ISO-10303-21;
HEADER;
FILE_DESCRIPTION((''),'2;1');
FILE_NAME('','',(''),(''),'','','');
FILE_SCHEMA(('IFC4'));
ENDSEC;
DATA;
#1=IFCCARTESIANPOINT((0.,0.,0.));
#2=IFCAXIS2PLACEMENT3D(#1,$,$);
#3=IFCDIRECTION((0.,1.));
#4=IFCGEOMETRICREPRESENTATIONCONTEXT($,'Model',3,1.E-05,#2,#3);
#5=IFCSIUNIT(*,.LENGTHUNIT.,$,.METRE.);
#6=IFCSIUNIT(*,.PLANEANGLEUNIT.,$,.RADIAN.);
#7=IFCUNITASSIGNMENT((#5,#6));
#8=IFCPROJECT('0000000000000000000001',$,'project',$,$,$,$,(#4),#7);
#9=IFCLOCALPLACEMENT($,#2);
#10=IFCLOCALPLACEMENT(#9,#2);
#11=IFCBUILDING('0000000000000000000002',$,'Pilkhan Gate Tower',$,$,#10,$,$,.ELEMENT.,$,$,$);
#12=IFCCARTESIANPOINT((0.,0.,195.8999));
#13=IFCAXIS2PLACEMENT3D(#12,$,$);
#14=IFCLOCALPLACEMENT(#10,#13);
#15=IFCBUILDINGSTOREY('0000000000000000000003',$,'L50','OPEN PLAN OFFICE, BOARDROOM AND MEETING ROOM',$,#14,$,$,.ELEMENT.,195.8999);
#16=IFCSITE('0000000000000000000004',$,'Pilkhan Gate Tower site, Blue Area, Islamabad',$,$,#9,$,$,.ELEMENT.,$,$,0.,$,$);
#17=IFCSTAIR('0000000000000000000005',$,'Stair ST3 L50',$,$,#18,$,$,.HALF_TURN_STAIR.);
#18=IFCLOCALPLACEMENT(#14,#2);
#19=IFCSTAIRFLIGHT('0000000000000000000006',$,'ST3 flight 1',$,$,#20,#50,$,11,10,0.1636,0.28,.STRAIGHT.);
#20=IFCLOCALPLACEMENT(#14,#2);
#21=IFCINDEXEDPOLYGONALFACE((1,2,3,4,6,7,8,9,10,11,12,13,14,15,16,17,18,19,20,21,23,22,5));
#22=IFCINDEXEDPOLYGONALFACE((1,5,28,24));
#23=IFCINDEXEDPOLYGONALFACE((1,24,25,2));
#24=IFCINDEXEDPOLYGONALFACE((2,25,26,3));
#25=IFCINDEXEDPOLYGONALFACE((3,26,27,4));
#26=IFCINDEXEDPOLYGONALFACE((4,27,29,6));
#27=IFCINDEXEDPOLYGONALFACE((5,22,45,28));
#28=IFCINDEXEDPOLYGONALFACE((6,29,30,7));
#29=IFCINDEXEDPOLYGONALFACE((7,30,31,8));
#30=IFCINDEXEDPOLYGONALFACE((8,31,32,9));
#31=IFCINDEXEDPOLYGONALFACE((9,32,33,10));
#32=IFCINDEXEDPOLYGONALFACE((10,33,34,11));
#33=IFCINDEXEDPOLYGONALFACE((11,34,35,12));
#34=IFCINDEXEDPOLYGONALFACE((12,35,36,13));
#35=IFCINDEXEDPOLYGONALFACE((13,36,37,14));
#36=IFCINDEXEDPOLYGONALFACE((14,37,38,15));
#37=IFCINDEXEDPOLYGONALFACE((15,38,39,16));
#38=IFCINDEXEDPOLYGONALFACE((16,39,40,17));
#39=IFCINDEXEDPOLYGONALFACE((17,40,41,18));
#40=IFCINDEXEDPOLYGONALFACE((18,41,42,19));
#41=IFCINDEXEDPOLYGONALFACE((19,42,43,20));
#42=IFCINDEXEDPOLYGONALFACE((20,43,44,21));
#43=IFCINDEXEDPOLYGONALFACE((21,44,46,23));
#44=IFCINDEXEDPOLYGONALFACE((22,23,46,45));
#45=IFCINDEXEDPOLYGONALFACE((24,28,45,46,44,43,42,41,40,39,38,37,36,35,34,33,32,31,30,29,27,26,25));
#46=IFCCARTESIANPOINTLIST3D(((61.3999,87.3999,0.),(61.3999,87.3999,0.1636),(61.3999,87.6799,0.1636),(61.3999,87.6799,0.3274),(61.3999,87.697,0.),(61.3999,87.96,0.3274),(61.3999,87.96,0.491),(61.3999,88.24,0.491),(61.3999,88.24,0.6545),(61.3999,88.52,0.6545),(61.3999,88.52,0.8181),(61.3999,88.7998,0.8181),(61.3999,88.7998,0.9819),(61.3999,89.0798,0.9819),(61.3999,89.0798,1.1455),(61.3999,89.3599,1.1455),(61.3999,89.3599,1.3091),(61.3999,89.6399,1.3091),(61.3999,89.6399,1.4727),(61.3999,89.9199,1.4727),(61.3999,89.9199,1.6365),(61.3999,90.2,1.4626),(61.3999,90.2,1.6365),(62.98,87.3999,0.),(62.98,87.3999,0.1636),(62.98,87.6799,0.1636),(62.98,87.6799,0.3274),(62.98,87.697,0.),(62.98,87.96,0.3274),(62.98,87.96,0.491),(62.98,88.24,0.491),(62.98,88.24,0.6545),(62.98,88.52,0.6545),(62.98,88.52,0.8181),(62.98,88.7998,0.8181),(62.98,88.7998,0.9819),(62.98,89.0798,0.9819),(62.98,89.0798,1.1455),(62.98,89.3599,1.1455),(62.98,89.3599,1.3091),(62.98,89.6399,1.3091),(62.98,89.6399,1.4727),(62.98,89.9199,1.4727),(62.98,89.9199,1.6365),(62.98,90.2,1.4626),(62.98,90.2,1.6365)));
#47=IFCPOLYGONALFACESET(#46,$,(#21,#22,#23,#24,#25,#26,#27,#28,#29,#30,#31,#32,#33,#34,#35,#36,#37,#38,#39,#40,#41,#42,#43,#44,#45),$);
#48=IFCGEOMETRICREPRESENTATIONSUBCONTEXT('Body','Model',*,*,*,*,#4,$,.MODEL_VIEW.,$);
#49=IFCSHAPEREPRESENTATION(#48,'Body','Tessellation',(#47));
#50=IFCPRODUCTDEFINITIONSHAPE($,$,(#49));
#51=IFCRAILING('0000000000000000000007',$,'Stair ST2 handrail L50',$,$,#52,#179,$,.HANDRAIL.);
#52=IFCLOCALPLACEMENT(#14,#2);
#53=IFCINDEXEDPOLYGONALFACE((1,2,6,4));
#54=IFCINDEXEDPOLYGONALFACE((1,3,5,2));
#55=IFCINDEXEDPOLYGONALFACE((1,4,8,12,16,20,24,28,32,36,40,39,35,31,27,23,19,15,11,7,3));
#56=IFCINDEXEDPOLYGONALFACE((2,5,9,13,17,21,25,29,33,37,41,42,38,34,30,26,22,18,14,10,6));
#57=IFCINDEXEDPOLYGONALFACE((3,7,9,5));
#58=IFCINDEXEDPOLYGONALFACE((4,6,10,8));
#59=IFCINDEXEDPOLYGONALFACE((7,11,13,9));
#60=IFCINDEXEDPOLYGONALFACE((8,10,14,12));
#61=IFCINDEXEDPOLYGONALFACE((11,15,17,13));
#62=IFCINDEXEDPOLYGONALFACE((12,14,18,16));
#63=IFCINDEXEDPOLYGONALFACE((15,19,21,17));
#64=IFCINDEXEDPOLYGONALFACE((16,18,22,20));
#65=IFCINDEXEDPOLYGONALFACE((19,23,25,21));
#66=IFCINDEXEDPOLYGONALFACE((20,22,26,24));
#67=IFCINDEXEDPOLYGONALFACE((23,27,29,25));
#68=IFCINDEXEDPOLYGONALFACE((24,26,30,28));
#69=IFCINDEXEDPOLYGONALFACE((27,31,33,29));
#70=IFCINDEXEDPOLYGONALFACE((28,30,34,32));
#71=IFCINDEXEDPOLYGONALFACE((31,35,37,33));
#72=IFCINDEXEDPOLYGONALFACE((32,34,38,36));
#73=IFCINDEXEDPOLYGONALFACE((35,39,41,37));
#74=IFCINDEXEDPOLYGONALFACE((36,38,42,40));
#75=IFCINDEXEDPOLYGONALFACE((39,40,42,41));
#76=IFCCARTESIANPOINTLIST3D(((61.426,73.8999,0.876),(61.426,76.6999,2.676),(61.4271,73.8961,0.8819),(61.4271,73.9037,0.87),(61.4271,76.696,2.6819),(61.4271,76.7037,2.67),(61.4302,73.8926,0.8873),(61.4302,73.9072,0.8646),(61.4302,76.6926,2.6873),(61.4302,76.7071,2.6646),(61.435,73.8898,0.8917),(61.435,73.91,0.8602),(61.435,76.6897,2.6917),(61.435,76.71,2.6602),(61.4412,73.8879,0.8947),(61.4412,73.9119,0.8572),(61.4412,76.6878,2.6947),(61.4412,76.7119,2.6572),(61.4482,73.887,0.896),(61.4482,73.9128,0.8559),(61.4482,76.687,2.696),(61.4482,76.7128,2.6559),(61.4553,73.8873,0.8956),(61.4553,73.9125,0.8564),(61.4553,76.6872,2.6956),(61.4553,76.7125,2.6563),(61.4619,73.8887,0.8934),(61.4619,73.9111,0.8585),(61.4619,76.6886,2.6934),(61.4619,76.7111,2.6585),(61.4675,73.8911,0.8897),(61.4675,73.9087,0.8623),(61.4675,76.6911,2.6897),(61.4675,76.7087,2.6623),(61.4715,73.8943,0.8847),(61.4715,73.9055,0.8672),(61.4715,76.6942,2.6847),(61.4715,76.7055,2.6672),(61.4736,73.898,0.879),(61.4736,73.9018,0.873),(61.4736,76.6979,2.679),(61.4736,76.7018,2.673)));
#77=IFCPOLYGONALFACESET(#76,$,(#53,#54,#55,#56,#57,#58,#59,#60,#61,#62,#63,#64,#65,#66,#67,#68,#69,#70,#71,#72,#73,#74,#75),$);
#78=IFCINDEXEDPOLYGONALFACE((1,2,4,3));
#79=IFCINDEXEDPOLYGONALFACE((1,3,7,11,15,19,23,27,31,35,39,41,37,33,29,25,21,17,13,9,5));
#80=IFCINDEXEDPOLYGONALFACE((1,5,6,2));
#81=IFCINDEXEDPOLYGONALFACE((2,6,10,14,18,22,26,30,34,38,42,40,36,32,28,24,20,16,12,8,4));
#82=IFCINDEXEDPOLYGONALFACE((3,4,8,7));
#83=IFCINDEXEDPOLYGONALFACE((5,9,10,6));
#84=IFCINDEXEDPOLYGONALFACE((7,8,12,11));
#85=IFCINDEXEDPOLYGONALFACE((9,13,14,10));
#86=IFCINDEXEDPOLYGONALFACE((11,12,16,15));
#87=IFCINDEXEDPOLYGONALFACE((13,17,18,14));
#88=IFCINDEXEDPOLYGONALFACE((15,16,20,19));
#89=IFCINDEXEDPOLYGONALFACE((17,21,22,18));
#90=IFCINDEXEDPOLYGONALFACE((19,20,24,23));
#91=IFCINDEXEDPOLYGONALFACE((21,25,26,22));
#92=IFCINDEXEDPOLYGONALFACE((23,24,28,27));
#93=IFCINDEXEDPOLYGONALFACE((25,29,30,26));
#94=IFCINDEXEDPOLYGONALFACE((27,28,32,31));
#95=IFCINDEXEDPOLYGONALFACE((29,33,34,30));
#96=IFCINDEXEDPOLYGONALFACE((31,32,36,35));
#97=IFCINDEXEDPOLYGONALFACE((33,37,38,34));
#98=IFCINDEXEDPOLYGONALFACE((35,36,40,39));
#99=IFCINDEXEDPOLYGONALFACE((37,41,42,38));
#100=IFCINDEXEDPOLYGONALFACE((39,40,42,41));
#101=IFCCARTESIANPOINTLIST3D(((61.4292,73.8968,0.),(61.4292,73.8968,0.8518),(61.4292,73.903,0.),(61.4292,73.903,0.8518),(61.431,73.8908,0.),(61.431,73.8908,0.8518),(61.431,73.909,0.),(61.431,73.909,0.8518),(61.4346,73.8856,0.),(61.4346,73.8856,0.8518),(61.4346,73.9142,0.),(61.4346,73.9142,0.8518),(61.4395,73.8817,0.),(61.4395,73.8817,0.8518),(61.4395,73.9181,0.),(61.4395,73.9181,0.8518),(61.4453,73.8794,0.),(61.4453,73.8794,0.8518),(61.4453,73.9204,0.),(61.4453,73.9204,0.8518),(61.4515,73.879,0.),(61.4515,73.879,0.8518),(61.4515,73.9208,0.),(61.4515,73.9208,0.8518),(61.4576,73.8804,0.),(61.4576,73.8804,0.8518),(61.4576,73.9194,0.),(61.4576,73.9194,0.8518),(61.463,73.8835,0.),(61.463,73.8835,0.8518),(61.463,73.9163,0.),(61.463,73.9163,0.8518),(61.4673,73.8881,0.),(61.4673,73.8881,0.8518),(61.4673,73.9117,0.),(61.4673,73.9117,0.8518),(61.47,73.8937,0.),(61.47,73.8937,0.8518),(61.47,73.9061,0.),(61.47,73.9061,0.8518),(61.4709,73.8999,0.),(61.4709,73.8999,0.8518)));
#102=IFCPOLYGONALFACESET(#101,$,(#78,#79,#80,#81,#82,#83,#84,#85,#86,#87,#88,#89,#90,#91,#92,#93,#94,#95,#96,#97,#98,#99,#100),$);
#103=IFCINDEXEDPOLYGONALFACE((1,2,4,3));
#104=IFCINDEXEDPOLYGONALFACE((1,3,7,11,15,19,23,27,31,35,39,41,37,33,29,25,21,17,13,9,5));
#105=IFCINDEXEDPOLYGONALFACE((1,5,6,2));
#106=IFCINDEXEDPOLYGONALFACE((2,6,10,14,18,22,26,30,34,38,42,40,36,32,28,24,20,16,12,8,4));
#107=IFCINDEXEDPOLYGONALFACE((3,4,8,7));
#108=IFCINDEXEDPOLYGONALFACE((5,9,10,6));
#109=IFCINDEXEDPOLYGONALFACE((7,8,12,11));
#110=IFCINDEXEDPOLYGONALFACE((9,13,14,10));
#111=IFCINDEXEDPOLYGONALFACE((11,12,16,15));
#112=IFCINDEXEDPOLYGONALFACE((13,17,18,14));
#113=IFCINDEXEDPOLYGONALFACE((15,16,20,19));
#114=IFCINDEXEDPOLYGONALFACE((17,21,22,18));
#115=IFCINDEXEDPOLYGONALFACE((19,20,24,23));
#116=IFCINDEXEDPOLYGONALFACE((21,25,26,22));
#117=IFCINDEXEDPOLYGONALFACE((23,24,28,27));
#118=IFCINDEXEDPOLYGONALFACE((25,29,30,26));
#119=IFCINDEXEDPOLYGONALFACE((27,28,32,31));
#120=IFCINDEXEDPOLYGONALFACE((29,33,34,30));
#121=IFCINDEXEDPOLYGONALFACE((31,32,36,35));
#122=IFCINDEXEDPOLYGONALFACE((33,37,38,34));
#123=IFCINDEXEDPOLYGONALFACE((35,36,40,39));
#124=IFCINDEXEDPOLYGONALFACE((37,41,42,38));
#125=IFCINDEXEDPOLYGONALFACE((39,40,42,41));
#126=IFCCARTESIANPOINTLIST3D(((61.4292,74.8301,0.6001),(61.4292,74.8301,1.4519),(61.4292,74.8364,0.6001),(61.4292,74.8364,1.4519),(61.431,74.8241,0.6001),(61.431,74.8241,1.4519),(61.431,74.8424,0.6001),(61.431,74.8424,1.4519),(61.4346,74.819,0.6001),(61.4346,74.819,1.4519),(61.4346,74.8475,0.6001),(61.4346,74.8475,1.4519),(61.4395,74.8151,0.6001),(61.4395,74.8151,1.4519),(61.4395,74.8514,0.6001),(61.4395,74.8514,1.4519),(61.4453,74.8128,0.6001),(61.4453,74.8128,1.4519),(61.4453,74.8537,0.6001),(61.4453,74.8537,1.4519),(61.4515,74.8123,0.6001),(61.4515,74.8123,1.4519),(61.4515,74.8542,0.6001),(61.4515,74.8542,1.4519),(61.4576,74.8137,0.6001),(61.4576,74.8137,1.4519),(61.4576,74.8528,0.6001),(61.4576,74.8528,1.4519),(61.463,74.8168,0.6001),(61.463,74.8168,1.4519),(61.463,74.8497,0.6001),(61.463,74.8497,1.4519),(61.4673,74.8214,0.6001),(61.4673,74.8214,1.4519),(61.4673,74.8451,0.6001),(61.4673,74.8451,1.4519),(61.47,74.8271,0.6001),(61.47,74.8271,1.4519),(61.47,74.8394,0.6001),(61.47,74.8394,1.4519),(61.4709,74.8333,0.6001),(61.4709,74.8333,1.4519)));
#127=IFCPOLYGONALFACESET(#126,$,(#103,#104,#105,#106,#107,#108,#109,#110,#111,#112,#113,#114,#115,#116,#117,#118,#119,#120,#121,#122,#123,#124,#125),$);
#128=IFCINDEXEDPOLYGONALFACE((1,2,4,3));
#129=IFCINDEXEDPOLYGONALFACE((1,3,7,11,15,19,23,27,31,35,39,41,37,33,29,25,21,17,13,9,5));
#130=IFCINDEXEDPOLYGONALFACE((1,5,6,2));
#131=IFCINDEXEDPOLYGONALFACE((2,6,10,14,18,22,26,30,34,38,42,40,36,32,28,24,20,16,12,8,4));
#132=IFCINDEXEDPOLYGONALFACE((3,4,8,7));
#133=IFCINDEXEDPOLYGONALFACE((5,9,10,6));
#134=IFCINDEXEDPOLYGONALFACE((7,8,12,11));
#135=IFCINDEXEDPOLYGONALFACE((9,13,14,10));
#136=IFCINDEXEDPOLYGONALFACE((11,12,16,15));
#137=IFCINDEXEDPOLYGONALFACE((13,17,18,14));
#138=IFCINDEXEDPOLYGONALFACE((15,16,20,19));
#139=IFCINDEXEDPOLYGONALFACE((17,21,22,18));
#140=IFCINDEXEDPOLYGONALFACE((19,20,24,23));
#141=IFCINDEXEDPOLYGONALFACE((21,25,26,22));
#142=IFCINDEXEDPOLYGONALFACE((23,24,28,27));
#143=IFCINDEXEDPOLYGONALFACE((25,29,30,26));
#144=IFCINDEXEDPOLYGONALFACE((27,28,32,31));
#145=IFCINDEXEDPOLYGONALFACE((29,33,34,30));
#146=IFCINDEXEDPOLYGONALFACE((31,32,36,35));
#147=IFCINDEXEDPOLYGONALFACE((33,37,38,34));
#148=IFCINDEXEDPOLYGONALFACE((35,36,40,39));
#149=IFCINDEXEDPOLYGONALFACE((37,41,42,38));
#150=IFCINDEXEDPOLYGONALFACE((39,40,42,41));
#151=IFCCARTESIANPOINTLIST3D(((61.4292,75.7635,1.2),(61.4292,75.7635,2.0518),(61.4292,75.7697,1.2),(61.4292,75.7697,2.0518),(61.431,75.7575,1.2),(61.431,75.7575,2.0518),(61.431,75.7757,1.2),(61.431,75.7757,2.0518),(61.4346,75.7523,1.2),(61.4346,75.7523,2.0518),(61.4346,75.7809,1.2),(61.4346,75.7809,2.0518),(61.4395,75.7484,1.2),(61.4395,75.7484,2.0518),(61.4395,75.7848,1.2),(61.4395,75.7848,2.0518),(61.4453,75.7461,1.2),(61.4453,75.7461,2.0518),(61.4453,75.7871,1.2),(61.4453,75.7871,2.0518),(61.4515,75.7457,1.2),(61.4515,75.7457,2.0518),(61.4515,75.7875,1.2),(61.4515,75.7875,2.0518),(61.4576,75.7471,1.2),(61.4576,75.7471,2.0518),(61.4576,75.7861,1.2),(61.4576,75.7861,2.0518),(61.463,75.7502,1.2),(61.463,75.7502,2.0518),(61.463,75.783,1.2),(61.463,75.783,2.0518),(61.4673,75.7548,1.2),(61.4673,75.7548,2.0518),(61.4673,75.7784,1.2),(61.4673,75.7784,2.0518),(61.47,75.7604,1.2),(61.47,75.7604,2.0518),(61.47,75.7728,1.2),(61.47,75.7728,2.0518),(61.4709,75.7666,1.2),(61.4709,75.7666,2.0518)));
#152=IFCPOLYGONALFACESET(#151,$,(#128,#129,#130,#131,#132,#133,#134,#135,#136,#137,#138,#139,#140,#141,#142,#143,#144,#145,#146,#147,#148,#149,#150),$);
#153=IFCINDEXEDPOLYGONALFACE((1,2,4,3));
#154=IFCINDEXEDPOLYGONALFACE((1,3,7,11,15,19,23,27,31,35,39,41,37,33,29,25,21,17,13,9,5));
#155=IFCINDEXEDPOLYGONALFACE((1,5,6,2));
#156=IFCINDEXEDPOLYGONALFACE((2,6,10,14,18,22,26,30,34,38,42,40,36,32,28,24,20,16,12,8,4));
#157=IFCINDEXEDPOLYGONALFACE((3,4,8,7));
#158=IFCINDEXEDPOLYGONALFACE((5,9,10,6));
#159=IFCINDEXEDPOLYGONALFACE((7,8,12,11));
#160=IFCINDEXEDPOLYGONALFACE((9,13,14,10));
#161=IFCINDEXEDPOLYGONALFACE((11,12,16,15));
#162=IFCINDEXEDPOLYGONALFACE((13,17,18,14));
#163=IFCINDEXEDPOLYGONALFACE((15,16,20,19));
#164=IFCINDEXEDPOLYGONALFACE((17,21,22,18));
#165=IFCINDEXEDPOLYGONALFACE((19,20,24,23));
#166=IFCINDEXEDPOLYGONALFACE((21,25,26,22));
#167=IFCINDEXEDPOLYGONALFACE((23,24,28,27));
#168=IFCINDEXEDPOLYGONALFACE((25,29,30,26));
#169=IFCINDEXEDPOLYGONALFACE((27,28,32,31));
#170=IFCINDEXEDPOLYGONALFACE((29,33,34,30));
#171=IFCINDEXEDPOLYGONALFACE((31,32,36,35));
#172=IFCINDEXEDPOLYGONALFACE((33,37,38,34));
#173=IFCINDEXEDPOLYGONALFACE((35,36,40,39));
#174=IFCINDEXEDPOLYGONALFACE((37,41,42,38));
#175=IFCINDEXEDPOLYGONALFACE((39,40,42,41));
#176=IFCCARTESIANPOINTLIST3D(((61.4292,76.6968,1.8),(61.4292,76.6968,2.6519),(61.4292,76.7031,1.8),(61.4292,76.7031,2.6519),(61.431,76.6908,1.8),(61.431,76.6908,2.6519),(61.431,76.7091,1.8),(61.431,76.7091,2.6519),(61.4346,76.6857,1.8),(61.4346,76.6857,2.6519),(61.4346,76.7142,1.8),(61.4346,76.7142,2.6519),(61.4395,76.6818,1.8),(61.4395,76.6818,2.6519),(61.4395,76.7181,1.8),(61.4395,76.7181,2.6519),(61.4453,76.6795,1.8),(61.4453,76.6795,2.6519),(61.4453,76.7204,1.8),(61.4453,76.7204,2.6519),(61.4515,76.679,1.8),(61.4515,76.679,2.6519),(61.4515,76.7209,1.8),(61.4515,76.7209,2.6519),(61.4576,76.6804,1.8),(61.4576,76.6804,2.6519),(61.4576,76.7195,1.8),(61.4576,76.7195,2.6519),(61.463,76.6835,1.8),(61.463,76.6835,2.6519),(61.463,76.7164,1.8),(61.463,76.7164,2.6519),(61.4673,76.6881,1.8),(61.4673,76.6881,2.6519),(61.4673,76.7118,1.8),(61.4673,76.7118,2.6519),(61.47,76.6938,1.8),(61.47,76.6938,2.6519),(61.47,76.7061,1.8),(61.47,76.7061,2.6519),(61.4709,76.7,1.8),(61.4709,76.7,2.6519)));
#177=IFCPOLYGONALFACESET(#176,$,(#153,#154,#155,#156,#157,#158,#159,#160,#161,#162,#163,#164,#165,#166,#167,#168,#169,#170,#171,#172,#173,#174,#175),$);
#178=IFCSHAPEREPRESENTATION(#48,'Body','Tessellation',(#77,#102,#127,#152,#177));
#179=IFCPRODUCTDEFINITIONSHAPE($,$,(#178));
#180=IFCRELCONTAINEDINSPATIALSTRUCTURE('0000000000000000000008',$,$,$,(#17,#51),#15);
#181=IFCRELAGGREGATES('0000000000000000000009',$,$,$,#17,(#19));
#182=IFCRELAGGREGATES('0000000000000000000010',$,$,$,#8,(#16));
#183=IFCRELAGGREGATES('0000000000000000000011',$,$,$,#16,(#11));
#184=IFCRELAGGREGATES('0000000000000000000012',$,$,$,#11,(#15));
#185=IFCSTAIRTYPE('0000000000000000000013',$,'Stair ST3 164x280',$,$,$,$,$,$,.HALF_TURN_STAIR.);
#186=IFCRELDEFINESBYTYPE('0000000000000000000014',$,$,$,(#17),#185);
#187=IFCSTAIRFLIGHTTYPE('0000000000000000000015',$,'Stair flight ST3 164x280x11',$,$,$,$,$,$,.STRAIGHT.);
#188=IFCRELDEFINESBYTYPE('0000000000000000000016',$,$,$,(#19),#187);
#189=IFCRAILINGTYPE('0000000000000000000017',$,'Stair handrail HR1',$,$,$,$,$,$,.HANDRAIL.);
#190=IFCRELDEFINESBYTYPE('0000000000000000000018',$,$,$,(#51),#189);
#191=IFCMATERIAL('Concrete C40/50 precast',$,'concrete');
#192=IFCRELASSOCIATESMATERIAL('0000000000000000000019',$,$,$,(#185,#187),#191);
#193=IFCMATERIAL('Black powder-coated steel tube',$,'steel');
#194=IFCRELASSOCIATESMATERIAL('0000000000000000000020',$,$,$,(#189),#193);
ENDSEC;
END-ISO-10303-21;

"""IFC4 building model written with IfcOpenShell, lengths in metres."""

from ifc_helpers import new_model, si_unit, direction, frame, origin, origin_2d, place, context, subcontext, project, spatial, polyline, circle, outline, extrude, material, type_object, element, aggregate, save


model = new_model("IFC4")

# Units and contexts
model_context = context("Model", 3, precision=1e-05, world=origin(), true_north=direction((0.0, 1.0)))
body_context = subcontext(model_context, "Body", "Model", "MODEL_VIEW")
ifc_project = project(units=[si_unit("LENGTHUNIT", "METRE"), si_unit("PLANEANGLEUNIT", "RADIAN")], contexts=[model_context])

# Site, building, storey
site_placement = place(None, origin())
site = spatial("IfcSite", under=ifc_project, at=site_placement, Name="Pilkhan Gate Tower site, Blue Area, Islamabad", CompositionType="ELEMENT", RefElevation=0.0)
building_placement = place(site_placement, origin())
building = spatial("IfcBuilding", under=site, at=building_placement, Name="Pilkhan Gate Tower", CompositionType="ELEMENT")
storey_placement = place(building_placement, frame((0.0, 0.0, 195.8999)))
storey = spatial("IfcBuildingStorey", under=building, at=storey_placement, Name="L50", Description="OPEN PLAN OFFICE, BOARDROOM AND MEETING ROOM", CompositionType="ELEMENT", Elevation=195.8999)

# Shared definitions
ifc_material_1 = material(Name="Concrete C40/50 precast", Category="concrete")

# Stair, stair flight
stair_type_1 = type_object("IfcStairType", Name="Stair ST3 164x280", PredefinedType="HALF_TURN_STAIR", material=ifc_material_1)
stair_1_placement = place(storey_placement, origin())
stair_1 = element("IfcStair", 1, at=stair_1_placement, inside=storey, type_object=stair_type_1, Name="Stair ST3 L50", PredefinedType="HALF_TURN_STAIR")
stair_flight_type_1 = type_object("IfcStairFlightType", Name="Stair flight ST3 164x280x11", PredefinedType="STRAIGHT", material=ifc_material_1)
stair_flight_1_placement = place(storey_placement, frame((62.1899, 87.3999, 0.0), z_axis=(0.0, 0.0, 1.0), x_axis=(0.0, 1.0, 0.0)))
stair_flight_1 = element("IfcStairFlight", 2, at=stair_flight_1_placement, type_object=stair_flight_type_1, Name="ST3 flight 1", NumberOfRisers=11, NumberOfTreads=10, PredefinedType="STRAIGHT", RiserHeight=0.1636, TreadLength=0.28, context=body_context, shape_type="SweptSolid", body=[
    extrude(outline(polyline([(0.0, 0.0), (0.0, 0.1636), (0.28, 0.1636), (0.28, 0.3274), (0.5601, 0.3274), (0.5601, 0.491), (0.8401, 0.491), (0.8401, 0.6545), (1.1201, 0.6545), (1.1201, 0.8181), (1.3999, 0.8181), (1.3999, 0.9819), (1.6799, 0.9819), (1.6799, 1.1455), (1.96, 1.1455), (1.96, 1.3091), (2.24, 1.3091), (2.24, 1.4727), (2.52, 1.4727), (2.52, 1.6365), (2.8, 1.6365), (2.8, 1.8), (2.8, 1.4626), (0.2971, 0.0), (0.0, 0.0)])), frame((0.0, 0.79, 0.0), z_axis=(0.0, -1.0, 0.0), x_axis=(1.0, 0.0, 0.0)), (0.0, 0.0, 1.0), 1.5801),
])
aggregate(stair_1, [stair_flight_1])

# Railing
ifc_material_2 = material(Name="Black powder-coated steel tube", Category="steel")
railing_type_1 = type_object("IfcRailingType", Name="Stair handrail HR1", PredefinedType="HANDRAIL", material=ifc_material_2)
railing_1_placement = place(storey_placement, frame((61.45, 73.8999, 0.0)))
element("IfcRailing", 3, at=railing_1_placement, inside=storey, type_object=railing_type_1, Name="Stair ST2 handrail L50", PredefinedType="HANDRAIL", context=body_context, shape_type="SweptSolid", body=[
    extrude(circle(Radius=0.0239, at=origin_2d()), frame((0.0, 0.0, 0.876), z_axis=(0.0, 0.841176, 0.540761), x_axis=(-1.0, 0.0, 0.0)), (0.0, 0.0, 1.0), 3.3286),
    extrude(circle(Radius=0.021, at=origin_2d()), origin(), (0.0, 0.0, 1.0), 0.8518),
    extrude(circle(Radius=0.021, at=origin_2d()), frame((0.0, 0.9333, 0.6001)), (0.0, 0.0, 1.0), 0.8518),
    extrude(circle(Radius=0.021, at=origin_2d()), frame((0.0, 1.8667, 1.2)), (0.0, 0.0, 1.0), 0.8518),
    extrude(circle(Radius=0.021, at=origin_2d()), frame((0.0, 2.8, 1.8)), (0.0, 0.0, 1.0), 0.8518),
])

save(model, "model.ifc")
